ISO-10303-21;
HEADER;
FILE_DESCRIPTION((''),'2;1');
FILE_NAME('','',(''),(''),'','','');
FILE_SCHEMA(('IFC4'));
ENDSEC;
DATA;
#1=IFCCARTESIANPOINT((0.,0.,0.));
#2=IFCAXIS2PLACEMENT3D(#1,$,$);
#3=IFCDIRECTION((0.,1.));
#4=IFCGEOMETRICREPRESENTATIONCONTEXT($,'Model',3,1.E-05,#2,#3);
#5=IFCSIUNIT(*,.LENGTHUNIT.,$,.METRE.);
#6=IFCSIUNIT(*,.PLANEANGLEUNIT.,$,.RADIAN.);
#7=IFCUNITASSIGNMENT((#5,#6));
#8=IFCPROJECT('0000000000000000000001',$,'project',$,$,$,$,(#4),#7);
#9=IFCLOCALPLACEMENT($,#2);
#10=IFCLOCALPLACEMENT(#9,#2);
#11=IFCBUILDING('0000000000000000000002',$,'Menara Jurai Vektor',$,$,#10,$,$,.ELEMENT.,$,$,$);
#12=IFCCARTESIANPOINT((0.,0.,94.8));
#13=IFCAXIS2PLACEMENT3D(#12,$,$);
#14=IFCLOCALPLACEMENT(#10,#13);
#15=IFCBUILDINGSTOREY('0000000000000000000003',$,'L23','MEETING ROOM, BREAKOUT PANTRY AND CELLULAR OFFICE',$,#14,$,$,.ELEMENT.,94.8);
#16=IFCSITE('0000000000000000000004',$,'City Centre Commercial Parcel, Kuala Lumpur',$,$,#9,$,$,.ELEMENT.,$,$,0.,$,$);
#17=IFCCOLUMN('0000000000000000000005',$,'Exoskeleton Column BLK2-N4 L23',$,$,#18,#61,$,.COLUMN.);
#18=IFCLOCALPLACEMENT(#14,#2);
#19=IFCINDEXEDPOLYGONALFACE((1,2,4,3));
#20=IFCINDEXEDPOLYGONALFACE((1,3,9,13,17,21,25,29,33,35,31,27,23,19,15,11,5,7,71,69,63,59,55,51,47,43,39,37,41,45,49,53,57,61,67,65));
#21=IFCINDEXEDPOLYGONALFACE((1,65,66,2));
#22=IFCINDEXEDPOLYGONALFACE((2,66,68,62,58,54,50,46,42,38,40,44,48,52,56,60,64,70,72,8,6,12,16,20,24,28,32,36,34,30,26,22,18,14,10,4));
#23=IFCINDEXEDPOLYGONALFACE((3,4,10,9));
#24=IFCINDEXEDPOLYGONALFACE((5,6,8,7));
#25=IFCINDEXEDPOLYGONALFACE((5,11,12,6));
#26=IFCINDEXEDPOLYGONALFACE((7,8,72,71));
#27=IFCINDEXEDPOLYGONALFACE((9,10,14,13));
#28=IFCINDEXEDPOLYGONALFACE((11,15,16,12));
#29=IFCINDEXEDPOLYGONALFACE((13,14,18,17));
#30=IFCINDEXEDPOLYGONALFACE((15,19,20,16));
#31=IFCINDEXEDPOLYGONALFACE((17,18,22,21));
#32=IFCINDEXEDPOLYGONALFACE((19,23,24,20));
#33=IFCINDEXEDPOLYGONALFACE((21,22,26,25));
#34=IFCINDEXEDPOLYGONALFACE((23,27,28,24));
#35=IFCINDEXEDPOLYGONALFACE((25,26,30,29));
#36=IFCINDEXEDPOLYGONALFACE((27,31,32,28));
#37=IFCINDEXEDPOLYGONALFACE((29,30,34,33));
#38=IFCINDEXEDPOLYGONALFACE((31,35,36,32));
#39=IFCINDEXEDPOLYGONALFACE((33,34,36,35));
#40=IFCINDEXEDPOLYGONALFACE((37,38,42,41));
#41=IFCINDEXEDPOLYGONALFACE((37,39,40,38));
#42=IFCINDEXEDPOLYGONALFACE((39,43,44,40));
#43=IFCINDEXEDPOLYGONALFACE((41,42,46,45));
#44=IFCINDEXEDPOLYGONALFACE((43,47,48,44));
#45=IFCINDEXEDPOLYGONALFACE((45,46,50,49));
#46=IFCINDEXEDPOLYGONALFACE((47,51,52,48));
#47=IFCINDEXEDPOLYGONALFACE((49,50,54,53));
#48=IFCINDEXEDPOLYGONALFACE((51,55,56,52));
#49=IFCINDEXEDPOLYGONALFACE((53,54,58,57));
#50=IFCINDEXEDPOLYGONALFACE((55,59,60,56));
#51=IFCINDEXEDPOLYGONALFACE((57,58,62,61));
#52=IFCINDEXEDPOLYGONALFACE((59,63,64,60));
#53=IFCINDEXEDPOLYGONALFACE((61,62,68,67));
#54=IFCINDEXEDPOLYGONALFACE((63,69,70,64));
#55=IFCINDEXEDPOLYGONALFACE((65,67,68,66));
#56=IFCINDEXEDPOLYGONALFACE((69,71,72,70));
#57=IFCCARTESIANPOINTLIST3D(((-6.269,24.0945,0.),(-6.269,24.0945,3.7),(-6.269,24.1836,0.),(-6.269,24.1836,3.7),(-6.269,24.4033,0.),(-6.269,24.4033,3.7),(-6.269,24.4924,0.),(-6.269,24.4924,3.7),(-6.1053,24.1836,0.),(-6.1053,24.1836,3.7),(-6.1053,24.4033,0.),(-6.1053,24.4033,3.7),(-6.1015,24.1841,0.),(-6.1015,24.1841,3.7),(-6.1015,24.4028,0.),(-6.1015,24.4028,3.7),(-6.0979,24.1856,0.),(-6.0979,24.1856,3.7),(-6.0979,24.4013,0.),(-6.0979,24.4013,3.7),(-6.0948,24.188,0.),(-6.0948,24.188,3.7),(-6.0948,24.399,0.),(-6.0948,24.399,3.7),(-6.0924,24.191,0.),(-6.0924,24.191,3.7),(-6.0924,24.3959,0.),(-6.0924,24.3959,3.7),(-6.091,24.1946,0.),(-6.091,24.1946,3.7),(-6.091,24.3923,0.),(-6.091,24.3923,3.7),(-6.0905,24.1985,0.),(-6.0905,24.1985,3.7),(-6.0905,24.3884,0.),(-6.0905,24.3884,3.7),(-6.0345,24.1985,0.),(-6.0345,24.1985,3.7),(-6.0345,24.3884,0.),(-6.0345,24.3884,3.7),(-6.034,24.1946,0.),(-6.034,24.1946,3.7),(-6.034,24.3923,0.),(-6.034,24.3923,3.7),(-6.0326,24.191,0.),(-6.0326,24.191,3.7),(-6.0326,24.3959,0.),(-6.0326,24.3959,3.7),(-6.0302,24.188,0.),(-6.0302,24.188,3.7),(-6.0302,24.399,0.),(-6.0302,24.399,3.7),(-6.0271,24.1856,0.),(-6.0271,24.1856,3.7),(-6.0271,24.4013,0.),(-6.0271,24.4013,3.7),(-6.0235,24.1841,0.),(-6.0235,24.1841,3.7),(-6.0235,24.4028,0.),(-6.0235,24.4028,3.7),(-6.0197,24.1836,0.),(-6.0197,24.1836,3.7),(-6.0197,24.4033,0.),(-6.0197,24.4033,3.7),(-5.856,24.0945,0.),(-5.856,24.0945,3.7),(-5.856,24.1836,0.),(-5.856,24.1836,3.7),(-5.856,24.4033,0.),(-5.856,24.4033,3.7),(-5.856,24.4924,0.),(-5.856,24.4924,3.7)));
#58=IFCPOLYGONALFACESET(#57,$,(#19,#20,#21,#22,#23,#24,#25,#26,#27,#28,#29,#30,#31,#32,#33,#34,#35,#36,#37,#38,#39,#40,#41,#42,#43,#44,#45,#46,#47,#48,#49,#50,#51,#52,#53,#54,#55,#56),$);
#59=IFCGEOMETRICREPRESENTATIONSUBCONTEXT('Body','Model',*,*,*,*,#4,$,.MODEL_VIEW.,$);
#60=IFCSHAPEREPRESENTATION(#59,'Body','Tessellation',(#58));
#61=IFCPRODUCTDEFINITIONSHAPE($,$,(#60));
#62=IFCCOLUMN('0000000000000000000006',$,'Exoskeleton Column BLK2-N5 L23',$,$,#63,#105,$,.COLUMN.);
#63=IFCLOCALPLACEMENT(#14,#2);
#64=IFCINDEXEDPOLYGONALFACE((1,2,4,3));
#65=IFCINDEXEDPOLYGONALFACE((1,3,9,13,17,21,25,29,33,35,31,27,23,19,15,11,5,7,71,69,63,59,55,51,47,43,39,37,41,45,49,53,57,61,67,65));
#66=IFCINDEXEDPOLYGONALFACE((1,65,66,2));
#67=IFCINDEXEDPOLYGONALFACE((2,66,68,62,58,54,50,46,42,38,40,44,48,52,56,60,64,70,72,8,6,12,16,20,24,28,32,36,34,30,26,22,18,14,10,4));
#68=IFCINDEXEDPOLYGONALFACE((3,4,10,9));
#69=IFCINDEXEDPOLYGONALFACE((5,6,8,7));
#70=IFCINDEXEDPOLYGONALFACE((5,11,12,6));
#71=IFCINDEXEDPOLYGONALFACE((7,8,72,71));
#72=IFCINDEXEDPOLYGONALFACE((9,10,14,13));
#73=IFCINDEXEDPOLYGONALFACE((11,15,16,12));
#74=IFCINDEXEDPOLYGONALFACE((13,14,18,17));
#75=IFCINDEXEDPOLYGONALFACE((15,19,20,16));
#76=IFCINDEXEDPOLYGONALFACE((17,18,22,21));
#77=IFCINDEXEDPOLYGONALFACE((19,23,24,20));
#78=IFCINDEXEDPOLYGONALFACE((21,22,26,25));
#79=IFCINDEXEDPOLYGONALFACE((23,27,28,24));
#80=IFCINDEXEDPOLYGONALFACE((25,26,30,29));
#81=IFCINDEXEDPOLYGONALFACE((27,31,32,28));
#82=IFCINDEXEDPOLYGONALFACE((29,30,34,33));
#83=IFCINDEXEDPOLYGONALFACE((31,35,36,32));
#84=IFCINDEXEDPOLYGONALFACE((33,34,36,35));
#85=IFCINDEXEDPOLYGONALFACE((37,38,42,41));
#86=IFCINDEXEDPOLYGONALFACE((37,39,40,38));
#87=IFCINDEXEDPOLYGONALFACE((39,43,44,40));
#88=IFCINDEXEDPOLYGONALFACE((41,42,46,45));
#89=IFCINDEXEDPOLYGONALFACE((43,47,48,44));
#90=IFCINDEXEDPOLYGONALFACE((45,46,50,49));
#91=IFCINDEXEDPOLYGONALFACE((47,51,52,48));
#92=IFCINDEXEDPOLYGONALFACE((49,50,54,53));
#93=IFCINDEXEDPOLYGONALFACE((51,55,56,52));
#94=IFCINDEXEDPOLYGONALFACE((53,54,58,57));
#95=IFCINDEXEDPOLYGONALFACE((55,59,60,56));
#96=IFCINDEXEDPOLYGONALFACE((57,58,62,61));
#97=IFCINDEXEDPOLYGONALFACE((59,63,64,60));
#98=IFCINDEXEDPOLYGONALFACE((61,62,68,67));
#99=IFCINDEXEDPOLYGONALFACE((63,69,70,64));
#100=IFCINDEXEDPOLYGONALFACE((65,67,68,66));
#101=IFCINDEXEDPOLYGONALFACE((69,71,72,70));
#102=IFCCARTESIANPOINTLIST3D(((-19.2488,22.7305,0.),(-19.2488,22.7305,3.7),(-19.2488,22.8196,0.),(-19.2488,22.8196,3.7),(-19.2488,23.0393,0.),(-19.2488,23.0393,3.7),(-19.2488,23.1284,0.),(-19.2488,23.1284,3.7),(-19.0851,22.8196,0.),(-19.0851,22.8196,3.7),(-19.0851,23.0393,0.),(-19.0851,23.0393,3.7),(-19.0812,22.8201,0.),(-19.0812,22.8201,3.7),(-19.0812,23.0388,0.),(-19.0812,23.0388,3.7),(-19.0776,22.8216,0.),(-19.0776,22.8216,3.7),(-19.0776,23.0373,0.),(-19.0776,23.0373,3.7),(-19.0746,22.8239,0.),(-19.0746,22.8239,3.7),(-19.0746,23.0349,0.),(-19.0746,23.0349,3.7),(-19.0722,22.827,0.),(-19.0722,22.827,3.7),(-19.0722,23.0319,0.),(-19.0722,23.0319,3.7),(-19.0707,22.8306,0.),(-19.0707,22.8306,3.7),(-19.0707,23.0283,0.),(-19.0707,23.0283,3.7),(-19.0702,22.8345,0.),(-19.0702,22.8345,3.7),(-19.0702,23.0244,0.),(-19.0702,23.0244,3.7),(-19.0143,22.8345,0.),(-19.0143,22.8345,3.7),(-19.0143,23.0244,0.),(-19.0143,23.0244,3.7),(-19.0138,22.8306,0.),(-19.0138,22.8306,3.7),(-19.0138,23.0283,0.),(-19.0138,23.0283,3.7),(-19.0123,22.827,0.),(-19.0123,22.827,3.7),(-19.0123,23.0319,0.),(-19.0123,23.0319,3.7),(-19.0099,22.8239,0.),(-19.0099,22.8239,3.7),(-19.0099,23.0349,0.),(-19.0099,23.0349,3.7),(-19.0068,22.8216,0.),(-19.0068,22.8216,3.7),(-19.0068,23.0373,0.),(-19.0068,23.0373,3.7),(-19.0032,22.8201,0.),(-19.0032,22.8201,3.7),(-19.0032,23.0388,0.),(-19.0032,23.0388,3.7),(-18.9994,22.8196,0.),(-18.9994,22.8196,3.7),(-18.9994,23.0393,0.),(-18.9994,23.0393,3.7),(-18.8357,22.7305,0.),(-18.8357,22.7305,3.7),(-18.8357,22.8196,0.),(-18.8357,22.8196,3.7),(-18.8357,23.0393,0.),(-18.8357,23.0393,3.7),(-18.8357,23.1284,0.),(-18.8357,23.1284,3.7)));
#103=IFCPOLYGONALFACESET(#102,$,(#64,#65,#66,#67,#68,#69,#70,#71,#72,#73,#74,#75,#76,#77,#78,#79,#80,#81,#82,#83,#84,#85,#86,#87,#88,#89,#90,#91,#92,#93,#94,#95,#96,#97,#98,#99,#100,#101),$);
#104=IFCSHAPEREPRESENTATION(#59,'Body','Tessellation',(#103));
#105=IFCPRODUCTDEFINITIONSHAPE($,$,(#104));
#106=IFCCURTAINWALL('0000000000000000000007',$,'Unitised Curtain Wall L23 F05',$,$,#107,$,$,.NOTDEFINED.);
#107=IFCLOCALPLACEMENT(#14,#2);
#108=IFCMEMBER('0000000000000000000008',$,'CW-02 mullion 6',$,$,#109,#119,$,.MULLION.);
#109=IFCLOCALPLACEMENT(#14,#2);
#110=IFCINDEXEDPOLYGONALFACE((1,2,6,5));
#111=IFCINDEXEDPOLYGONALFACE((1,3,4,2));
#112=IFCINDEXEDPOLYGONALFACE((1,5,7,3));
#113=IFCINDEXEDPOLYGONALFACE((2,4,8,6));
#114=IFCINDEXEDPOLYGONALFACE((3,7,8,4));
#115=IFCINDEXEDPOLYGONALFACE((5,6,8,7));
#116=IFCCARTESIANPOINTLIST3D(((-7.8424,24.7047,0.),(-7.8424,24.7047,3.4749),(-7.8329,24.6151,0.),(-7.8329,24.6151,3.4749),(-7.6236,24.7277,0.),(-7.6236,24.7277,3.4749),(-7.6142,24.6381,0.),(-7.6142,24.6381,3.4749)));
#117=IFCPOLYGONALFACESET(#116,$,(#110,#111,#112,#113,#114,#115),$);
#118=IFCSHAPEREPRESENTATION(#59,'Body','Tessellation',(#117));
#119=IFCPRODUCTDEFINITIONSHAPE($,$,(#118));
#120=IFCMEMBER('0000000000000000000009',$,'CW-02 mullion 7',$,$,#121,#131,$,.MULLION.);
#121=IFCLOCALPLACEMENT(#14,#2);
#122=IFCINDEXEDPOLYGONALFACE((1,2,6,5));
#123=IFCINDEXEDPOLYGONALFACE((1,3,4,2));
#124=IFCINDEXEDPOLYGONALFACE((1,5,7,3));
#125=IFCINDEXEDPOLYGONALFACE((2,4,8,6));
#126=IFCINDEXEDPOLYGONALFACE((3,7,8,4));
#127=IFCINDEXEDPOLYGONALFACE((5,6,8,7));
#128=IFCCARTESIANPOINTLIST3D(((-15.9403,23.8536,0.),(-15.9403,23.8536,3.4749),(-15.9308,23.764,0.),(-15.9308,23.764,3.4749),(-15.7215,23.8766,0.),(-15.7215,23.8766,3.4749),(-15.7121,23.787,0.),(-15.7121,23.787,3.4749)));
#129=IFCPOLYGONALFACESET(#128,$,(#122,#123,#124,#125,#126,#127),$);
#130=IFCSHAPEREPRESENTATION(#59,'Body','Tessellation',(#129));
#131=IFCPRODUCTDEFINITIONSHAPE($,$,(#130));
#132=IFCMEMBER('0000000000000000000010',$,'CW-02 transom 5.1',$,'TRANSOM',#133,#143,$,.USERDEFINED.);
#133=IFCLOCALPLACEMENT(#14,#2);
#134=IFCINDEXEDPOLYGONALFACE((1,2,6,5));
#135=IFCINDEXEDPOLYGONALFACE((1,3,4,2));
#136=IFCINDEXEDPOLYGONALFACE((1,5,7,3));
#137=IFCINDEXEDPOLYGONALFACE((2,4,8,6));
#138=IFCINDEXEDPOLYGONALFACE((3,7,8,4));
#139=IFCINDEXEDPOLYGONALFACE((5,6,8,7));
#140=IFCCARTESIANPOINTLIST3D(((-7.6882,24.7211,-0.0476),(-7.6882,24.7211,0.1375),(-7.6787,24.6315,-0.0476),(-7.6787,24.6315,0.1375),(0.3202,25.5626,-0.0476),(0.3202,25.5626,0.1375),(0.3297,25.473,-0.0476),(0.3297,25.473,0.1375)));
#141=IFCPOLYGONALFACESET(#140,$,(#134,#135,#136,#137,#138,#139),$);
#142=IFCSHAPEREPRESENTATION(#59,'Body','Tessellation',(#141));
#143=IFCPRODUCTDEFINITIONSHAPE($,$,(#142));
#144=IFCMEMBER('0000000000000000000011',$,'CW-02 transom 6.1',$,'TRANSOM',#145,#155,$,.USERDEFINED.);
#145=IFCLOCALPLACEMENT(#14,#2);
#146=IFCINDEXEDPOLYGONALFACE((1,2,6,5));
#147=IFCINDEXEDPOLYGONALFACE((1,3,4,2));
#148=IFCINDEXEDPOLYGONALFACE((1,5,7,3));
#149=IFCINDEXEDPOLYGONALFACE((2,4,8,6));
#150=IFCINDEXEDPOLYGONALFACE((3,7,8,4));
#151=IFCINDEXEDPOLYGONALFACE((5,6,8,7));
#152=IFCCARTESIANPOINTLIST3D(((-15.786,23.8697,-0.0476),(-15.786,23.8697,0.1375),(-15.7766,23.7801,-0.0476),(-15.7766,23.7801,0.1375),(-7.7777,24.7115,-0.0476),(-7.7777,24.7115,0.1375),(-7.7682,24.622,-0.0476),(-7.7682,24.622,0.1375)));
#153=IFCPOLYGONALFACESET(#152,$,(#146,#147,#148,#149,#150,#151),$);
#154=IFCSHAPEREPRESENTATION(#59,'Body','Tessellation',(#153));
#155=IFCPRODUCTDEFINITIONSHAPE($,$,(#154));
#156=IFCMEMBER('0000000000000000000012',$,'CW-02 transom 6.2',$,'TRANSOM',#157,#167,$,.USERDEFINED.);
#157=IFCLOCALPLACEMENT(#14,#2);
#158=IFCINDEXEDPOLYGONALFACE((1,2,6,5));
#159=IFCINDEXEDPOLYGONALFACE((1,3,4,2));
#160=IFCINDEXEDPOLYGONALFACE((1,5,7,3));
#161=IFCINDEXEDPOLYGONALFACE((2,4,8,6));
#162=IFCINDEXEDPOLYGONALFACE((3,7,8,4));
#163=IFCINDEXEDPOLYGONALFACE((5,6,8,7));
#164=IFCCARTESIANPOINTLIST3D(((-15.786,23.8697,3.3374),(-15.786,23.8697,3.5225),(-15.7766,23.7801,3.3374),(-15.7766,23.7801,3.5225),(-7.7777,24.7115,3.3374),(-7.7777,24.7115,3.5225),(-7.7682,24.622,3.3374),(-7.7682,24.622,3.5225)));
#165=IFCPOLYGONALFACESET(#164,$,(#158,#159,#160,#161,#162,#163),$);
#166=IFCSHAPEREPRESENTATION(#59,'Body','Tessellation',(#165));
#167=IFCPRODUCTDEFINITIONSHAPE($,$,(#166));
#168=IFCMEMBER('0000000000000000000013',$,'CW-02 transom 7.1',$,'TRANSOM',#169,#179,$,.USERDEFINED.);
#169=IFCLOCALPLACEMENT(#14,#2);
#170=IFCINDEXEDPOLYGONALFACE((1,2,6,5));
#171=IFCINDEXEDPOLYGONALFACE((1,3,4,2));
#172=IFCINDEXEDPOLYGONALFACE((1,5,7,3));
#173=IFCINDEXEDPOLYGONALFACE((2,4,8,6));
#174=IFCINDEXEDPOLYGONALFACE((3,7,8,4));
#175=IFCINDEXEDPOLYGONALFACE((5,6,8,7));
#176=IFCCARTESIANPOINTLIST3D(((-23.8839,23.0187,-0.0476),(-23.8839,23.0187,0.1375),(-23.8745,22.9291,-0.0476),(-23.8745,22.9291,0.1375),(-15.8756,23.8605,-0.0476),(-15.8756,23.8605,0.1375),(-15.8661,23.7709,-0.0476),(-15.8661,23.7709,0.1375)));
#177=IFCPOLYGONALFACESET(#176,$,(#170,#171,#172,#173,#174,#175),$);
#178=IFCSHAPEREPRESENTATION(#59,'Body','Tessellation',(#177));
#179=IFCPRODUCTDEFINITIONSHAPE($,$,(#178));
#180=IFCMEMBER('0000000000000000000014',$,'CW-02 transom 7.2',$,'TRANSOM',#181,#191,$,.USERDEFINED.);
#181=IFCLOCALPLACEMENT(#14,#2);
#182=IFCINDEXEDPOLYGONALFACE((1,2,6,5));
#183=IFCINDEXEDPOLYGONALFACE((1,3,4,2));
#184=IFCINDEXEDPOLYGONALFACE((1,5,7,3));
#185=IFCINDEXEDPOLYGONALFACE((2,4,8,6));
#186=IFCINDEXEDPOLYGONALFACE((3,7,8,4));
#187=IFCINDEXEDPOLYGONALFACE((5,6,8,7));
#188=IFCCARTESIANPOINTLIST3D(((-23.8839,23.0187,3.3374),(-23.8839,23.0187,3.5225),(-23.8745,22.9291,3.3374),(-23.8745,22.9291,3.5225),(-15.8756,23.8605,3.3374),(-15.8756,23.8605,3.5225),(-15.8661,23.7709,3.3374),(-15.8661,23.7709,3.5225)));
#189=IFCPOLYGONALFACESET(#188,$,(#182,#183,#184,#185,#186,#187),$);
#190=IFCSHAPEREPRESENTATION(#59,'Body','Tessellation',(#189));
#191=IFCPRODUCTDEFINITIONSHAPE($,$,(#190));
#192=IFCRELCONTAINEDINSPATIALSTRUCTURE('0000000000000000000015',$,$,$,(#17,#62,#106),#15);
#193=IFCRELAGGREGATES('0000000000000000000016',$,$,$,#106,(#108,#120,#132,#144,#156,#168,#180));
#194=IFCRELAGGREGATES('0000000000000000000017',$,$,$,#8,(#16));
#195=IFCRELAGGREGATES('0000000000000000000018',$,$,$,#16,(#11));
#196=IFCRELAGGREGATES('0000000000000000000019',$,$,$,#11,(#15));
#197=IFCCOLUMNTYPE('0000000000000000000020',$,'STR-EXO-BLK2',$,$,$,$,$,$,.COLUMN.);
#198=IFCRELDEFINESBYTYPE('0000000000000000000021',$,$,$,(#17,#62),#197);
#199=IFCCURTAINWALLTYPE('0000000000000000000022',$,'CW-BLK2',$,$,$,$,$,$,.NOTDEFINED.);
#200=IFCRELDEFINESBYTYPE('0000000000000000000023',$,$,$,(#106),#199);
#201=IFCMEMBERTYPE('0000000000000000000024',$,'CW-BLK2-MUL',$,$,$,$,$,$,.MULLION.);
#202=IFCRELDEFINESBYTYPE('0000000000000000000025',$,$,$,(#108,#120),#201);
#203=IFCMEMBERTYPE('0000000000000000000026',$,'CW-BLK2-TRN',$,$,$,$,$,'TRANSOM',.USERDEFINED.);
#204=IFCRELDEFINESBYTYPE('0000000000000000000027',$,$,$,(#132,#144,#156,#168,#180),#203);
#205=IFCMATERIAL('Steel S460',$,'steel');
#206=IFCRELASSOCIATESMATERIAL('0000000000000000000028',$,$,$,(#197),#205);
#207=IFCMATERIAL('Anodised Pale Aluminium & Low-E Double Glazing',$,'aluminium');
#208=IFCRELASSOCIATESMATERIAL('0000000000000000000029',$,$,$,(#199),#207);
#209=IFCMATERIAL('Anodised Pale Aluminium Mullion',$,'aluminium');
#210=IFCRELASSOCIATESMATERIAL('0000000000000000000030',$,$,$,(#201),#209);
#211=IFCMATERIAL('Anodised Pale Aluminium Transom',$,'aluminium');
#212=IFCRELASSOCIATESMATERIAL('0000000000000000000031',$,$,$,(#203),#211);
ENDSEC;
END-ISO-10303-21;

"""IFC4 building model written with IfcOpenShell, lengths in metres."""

from ifc_helpers import new_model, si_unit, direction, frame, origin, origin_2d, place, context, subcontext, project, spatial, rectangle, i_section, extrude, material, material_profile, profile_set, type_object, element, aggregate, save


model = new_model("IFC4")

# Units and contexts
model_context = context("Model", 3, precision=1e-05, world=origin(), true_north=direction((0.0, 1.0)))
body_context = subcontext(model_context, "Body", "Model", "MODEL_VIEW")
ifc_project = project(units=[si_unit("LENGTHUNIT", "METRE"), si_unit("PLANEANGLEUNIT", "RADIAN")], contexts=[model_context])

# Site, building, storey
site_placement = place(None, origin())
site = spatial("IfcSite", under=ifc_project, at=site_placement, Name="City Centre Commercial Parcel, Kuala Lumpur", CompositionType="ELEMENT", RefElevation=0.0)
building_placement = place(site_placement, origin())
building = spatial("IfcBuilding", under=site, at=building_placement, Name="Menara Jurai Vektor", CompositionType="ELEMENT")
storey_placement = place(building_placement, frame((0.0, 0.0, 94.8)))
storey = spatial("IfcBuildingStorey", under=building, at=storey_placement, Name="L23", Description="MEETING ROOM, BREAKOUT PANTRY AND CELLULAR OFFICE", CompositionType="ELEMENT", Elevation=94.8)

# Columns
ifc_material_1 = material(Name="Steel S460", Category="steel")
ifc_material_profile_1 = material_profile(ifc_material_1, i_section(OverallWidth=0.4131, OverallDepth=0.3979, WebThickness=0.0559, FlangeThickness=0.0891, FilletRadius=0.0149, at=origin_2d()), Name="HD 400x744")
ifc_profile_set_1 = profile_set([ifc_material_profile_1], Name="Steel S460")
column_type = type_object("IfcColumnType", Name="STR-EXO-BLK2", PredefinedType="COLUMN", material=ifc_profile_set_1)
for number, where, z_axis, x_axis, name in (
    (1, (-6.0625, 24.2935, 0.0), (0.0, 0.0, 1.0), (1.0, 0.0, 0.0), "Exoskeleton Column BLK2-N4 L23"),
    (2, (-19.0422, 22.9294, 0.0), (0.0, 0.0, 1.0), (1.0, 0.0, 0.0), "Exoskeleton Column BLK2-N5 L23"),
):
    element("IfcColumn", number, at=place(storey_placement, frame(where, z_axis=z_axis, x_axis=x_axis)), inside=storey, type_object=column_type, Name=name, PredefinedType="COLUMN", context=body_context, shape_type="SweptSolid", body=[
        extrude(i_section(OverallWidth=0.4131, OverallDepth=0.3979, WebThickness=0.0559, FlangeThickness=0.0891, FilletRadius=0.0149, at=origin_2d()), origin(), (0.0, 0.0, 1.0), 3.7),
    ])

# Curtain wall, members
ifc_material_2 = material(Name="Anodised Pale Aluminium & Low-E Double Glazing", Category="aluminium")
curtain_wall_type = type_object("IfcCurtainWallType", Name="CW-BLK2", PredefinedType="NOTDEFINED", material=ifc_material_2)
curtain_wall_placement = place(storey_placement, origin())
curtain_wall = element("IfcCurtainWall", 3, at=curtain_wall_placement, inside=storey, type_object=curtain_wall_type, Name="Unitised Curtain Wall L23 F05", PredefinedType="NOTDEFINED")
ifc_material_3 = material(Name="Anodised Pale Aluminium Mullion", Category="aluminium")
ifc_material_profile_2 = material_profile(ifc_material_3, rectangle(XDim=0.0901, YDim=0.22, at=origin_2d()), Name="ALU MUL 90x220")
ifc_profile_set_2 = profile_set([ifc_material_profile_2], Name="Anodised Pale Aluminium Mullion")
member_type_1 = type_object("IfcMemberType", Name="CW-BLK2-MUL", PredefinedType="MULLION", material=ifc_profile_set_2)
member_1_placement = place(storey_placement, frame((-7.7283, 24.6714, 0.0), z_axis=(0.0, 0.0, 1.0), x_axis=(0.104529, -0.994522, 0.0)))
member_1 = element("IfcMember", 4, at=member_1_placement, type_object=member_type_1, Name="CW-02 mullion 6", PredefinedType="MULLION", context=body_context, shape_type="SweptSolid", body=[
    extrude(rectangle(XDim=0.0901, YDim=0.22, at=origin_2d()), origin(), (0.0, 0.0, 1.0), 3.4749),
])
member_2_placement = place(storey_placement, frame((-15.8262, 23.8203, 0.0), z_axis=(0.0, 0.0, 1.0), x_axis=(0.104529, -0.994522, 0.0)))
member_2 = element("IfcMember", 5, at=member_2_placement, type_object=member_type_1, Name="CW-02 mullion 7", PredefinedType="MULLION", context=body_context, shape_type="SweptSolid", body=[
    extrude(rectangle(XDim=0.0901, YDim=0.22, at=origin_2d()), origin(), (0.0, 0.0, 1.0), 3.4749),
])
ifc_material_4 = material(Name="Anodised Pale Aluminium Transom", Category="aluminium")
ifc_material_profile_3 = material_profile(ifc_material_4, rectangle(XDim=0.0901, YDim=0.1851, at=origin_2d()), Name="ALU TRN 90x185")
ifc_profile_set_3 = profile_set([ifc_material_profile_3], Name="Anodised Pale Aluminium Transom")
member_type_2 = type_object("IfcMemberType", Name="CW-BLK2-TRN", ElementType="TRANSOM", PredefinedType="USERDEFINED", material=ifc_profile_set_3)
member_3_placement = place(storey_placement, frame((0.325, 25.5178, 0.0449), z_axis=(-0.994524, -0.10451, 0.0), x_axis=(0.10451, -0.994524, 0.0)))
member_3 = element("IfcMember", 6, at=member_3_placement, type_object=member_type_2, Name="CW-02 transom 5.1", ObjectType="TRANSOM", PredefinedType="USERDEFINED", context=body_context, shape_type="SweptSolid", body=[
    extrude(rectangle(XDim=0.0901, YDim=0.1851, at=origin_2d()), origin(), (0.0, 0.0, 1.0), 8.0525),
])
member_4_placement = place(storey_placement, frame((-7.7729, 24.6667, 0.0449), z_axis=(-0.994521, -0.10454, 0.0), x_axis=(0.10454, -0.994521, 0.0)))
member_4 = element("IfcMember", 7, at=member_4_placement, type_object=member_type_2, Name="CW-02 transom 6.1", ObjectType="TRANSOM", PredefinedType="USERDEFINED", context=body_context, shape_type="SweptSolid", body=[
    extrude(rectangle(XDim=0.0901, YDim=0.1851, at=origin_2d()), origin(), (0.0, 0.0, 1.0), 8.0525),
])
member_5_placement = place(storey_placement, frame((-7.7729, 24.6667, 3.4299), z_axis=(-0.994521, -0.10454, 0.0), x_axis=(0.10454, -0.994521, 0.0)))
member_5 = element("IfcMember", 8, at=member_5_placement, type_object=member_type_2, Name="CW-02 transom 6.2", ObjectType="TRANSOM", PredefinedType="USERDEFINED", context=body_context, shape_type="SweptSolid", body=[
    extrude(rectangle(XDim=0.0901, YDim=0.1851, at=origin_2d()), origin(), (0.0, 0.0, 1.0), 8.0525),
])
member_6_placement = place(storey_placement, frame((-15.8708, 23.8157, 0.0449), z_axis=(-0.994521, -0.10454, 0.0), x_axis=(0.10454, -0.994521, 0.0)))
member_6 = element("IfcMember", 9, at=member_6_placement, type_object=member_type_2, Name="CW-02 transom 7.1", ObjectType="TRANSOM", PredefinedType="USERDEFINED", context=body_context, shape_type="SweptSolid", body=[
    extrude(rectangle(XDim=0.0901, YDim=0.1851, at=origin_2d()), origin(), (0.0, 0.0, 1.0), 8.0525),
])
member_7_placement = place(storey_placement, frame((-15.8708, 23.8157, 3.4299), z_axis=(-0.994521, -0.10454, 0.0), x_axis=(0.10454, -0.994521, 0.0)))
member_7 = element("IfcMember", 10, at=member_7_placement, type_object=member_type_2, Name="CW-02 transom 7.2", ObjectType="TRANSOM", PredefinedType="USERDEFINED", context=body_context, shape_type="SweptSolid", body=[
    extrude(rectangle(XDim=0.0901, YDim=0.1851, at=origin_2d()), origin(), (0.0, 0.0, 1.0), 8.0525),
])

aggregate(curtain_wall, [member_1, member_2, member_3, member_4, member_5, member_6, member_7])

save(model, "model.ifc")
